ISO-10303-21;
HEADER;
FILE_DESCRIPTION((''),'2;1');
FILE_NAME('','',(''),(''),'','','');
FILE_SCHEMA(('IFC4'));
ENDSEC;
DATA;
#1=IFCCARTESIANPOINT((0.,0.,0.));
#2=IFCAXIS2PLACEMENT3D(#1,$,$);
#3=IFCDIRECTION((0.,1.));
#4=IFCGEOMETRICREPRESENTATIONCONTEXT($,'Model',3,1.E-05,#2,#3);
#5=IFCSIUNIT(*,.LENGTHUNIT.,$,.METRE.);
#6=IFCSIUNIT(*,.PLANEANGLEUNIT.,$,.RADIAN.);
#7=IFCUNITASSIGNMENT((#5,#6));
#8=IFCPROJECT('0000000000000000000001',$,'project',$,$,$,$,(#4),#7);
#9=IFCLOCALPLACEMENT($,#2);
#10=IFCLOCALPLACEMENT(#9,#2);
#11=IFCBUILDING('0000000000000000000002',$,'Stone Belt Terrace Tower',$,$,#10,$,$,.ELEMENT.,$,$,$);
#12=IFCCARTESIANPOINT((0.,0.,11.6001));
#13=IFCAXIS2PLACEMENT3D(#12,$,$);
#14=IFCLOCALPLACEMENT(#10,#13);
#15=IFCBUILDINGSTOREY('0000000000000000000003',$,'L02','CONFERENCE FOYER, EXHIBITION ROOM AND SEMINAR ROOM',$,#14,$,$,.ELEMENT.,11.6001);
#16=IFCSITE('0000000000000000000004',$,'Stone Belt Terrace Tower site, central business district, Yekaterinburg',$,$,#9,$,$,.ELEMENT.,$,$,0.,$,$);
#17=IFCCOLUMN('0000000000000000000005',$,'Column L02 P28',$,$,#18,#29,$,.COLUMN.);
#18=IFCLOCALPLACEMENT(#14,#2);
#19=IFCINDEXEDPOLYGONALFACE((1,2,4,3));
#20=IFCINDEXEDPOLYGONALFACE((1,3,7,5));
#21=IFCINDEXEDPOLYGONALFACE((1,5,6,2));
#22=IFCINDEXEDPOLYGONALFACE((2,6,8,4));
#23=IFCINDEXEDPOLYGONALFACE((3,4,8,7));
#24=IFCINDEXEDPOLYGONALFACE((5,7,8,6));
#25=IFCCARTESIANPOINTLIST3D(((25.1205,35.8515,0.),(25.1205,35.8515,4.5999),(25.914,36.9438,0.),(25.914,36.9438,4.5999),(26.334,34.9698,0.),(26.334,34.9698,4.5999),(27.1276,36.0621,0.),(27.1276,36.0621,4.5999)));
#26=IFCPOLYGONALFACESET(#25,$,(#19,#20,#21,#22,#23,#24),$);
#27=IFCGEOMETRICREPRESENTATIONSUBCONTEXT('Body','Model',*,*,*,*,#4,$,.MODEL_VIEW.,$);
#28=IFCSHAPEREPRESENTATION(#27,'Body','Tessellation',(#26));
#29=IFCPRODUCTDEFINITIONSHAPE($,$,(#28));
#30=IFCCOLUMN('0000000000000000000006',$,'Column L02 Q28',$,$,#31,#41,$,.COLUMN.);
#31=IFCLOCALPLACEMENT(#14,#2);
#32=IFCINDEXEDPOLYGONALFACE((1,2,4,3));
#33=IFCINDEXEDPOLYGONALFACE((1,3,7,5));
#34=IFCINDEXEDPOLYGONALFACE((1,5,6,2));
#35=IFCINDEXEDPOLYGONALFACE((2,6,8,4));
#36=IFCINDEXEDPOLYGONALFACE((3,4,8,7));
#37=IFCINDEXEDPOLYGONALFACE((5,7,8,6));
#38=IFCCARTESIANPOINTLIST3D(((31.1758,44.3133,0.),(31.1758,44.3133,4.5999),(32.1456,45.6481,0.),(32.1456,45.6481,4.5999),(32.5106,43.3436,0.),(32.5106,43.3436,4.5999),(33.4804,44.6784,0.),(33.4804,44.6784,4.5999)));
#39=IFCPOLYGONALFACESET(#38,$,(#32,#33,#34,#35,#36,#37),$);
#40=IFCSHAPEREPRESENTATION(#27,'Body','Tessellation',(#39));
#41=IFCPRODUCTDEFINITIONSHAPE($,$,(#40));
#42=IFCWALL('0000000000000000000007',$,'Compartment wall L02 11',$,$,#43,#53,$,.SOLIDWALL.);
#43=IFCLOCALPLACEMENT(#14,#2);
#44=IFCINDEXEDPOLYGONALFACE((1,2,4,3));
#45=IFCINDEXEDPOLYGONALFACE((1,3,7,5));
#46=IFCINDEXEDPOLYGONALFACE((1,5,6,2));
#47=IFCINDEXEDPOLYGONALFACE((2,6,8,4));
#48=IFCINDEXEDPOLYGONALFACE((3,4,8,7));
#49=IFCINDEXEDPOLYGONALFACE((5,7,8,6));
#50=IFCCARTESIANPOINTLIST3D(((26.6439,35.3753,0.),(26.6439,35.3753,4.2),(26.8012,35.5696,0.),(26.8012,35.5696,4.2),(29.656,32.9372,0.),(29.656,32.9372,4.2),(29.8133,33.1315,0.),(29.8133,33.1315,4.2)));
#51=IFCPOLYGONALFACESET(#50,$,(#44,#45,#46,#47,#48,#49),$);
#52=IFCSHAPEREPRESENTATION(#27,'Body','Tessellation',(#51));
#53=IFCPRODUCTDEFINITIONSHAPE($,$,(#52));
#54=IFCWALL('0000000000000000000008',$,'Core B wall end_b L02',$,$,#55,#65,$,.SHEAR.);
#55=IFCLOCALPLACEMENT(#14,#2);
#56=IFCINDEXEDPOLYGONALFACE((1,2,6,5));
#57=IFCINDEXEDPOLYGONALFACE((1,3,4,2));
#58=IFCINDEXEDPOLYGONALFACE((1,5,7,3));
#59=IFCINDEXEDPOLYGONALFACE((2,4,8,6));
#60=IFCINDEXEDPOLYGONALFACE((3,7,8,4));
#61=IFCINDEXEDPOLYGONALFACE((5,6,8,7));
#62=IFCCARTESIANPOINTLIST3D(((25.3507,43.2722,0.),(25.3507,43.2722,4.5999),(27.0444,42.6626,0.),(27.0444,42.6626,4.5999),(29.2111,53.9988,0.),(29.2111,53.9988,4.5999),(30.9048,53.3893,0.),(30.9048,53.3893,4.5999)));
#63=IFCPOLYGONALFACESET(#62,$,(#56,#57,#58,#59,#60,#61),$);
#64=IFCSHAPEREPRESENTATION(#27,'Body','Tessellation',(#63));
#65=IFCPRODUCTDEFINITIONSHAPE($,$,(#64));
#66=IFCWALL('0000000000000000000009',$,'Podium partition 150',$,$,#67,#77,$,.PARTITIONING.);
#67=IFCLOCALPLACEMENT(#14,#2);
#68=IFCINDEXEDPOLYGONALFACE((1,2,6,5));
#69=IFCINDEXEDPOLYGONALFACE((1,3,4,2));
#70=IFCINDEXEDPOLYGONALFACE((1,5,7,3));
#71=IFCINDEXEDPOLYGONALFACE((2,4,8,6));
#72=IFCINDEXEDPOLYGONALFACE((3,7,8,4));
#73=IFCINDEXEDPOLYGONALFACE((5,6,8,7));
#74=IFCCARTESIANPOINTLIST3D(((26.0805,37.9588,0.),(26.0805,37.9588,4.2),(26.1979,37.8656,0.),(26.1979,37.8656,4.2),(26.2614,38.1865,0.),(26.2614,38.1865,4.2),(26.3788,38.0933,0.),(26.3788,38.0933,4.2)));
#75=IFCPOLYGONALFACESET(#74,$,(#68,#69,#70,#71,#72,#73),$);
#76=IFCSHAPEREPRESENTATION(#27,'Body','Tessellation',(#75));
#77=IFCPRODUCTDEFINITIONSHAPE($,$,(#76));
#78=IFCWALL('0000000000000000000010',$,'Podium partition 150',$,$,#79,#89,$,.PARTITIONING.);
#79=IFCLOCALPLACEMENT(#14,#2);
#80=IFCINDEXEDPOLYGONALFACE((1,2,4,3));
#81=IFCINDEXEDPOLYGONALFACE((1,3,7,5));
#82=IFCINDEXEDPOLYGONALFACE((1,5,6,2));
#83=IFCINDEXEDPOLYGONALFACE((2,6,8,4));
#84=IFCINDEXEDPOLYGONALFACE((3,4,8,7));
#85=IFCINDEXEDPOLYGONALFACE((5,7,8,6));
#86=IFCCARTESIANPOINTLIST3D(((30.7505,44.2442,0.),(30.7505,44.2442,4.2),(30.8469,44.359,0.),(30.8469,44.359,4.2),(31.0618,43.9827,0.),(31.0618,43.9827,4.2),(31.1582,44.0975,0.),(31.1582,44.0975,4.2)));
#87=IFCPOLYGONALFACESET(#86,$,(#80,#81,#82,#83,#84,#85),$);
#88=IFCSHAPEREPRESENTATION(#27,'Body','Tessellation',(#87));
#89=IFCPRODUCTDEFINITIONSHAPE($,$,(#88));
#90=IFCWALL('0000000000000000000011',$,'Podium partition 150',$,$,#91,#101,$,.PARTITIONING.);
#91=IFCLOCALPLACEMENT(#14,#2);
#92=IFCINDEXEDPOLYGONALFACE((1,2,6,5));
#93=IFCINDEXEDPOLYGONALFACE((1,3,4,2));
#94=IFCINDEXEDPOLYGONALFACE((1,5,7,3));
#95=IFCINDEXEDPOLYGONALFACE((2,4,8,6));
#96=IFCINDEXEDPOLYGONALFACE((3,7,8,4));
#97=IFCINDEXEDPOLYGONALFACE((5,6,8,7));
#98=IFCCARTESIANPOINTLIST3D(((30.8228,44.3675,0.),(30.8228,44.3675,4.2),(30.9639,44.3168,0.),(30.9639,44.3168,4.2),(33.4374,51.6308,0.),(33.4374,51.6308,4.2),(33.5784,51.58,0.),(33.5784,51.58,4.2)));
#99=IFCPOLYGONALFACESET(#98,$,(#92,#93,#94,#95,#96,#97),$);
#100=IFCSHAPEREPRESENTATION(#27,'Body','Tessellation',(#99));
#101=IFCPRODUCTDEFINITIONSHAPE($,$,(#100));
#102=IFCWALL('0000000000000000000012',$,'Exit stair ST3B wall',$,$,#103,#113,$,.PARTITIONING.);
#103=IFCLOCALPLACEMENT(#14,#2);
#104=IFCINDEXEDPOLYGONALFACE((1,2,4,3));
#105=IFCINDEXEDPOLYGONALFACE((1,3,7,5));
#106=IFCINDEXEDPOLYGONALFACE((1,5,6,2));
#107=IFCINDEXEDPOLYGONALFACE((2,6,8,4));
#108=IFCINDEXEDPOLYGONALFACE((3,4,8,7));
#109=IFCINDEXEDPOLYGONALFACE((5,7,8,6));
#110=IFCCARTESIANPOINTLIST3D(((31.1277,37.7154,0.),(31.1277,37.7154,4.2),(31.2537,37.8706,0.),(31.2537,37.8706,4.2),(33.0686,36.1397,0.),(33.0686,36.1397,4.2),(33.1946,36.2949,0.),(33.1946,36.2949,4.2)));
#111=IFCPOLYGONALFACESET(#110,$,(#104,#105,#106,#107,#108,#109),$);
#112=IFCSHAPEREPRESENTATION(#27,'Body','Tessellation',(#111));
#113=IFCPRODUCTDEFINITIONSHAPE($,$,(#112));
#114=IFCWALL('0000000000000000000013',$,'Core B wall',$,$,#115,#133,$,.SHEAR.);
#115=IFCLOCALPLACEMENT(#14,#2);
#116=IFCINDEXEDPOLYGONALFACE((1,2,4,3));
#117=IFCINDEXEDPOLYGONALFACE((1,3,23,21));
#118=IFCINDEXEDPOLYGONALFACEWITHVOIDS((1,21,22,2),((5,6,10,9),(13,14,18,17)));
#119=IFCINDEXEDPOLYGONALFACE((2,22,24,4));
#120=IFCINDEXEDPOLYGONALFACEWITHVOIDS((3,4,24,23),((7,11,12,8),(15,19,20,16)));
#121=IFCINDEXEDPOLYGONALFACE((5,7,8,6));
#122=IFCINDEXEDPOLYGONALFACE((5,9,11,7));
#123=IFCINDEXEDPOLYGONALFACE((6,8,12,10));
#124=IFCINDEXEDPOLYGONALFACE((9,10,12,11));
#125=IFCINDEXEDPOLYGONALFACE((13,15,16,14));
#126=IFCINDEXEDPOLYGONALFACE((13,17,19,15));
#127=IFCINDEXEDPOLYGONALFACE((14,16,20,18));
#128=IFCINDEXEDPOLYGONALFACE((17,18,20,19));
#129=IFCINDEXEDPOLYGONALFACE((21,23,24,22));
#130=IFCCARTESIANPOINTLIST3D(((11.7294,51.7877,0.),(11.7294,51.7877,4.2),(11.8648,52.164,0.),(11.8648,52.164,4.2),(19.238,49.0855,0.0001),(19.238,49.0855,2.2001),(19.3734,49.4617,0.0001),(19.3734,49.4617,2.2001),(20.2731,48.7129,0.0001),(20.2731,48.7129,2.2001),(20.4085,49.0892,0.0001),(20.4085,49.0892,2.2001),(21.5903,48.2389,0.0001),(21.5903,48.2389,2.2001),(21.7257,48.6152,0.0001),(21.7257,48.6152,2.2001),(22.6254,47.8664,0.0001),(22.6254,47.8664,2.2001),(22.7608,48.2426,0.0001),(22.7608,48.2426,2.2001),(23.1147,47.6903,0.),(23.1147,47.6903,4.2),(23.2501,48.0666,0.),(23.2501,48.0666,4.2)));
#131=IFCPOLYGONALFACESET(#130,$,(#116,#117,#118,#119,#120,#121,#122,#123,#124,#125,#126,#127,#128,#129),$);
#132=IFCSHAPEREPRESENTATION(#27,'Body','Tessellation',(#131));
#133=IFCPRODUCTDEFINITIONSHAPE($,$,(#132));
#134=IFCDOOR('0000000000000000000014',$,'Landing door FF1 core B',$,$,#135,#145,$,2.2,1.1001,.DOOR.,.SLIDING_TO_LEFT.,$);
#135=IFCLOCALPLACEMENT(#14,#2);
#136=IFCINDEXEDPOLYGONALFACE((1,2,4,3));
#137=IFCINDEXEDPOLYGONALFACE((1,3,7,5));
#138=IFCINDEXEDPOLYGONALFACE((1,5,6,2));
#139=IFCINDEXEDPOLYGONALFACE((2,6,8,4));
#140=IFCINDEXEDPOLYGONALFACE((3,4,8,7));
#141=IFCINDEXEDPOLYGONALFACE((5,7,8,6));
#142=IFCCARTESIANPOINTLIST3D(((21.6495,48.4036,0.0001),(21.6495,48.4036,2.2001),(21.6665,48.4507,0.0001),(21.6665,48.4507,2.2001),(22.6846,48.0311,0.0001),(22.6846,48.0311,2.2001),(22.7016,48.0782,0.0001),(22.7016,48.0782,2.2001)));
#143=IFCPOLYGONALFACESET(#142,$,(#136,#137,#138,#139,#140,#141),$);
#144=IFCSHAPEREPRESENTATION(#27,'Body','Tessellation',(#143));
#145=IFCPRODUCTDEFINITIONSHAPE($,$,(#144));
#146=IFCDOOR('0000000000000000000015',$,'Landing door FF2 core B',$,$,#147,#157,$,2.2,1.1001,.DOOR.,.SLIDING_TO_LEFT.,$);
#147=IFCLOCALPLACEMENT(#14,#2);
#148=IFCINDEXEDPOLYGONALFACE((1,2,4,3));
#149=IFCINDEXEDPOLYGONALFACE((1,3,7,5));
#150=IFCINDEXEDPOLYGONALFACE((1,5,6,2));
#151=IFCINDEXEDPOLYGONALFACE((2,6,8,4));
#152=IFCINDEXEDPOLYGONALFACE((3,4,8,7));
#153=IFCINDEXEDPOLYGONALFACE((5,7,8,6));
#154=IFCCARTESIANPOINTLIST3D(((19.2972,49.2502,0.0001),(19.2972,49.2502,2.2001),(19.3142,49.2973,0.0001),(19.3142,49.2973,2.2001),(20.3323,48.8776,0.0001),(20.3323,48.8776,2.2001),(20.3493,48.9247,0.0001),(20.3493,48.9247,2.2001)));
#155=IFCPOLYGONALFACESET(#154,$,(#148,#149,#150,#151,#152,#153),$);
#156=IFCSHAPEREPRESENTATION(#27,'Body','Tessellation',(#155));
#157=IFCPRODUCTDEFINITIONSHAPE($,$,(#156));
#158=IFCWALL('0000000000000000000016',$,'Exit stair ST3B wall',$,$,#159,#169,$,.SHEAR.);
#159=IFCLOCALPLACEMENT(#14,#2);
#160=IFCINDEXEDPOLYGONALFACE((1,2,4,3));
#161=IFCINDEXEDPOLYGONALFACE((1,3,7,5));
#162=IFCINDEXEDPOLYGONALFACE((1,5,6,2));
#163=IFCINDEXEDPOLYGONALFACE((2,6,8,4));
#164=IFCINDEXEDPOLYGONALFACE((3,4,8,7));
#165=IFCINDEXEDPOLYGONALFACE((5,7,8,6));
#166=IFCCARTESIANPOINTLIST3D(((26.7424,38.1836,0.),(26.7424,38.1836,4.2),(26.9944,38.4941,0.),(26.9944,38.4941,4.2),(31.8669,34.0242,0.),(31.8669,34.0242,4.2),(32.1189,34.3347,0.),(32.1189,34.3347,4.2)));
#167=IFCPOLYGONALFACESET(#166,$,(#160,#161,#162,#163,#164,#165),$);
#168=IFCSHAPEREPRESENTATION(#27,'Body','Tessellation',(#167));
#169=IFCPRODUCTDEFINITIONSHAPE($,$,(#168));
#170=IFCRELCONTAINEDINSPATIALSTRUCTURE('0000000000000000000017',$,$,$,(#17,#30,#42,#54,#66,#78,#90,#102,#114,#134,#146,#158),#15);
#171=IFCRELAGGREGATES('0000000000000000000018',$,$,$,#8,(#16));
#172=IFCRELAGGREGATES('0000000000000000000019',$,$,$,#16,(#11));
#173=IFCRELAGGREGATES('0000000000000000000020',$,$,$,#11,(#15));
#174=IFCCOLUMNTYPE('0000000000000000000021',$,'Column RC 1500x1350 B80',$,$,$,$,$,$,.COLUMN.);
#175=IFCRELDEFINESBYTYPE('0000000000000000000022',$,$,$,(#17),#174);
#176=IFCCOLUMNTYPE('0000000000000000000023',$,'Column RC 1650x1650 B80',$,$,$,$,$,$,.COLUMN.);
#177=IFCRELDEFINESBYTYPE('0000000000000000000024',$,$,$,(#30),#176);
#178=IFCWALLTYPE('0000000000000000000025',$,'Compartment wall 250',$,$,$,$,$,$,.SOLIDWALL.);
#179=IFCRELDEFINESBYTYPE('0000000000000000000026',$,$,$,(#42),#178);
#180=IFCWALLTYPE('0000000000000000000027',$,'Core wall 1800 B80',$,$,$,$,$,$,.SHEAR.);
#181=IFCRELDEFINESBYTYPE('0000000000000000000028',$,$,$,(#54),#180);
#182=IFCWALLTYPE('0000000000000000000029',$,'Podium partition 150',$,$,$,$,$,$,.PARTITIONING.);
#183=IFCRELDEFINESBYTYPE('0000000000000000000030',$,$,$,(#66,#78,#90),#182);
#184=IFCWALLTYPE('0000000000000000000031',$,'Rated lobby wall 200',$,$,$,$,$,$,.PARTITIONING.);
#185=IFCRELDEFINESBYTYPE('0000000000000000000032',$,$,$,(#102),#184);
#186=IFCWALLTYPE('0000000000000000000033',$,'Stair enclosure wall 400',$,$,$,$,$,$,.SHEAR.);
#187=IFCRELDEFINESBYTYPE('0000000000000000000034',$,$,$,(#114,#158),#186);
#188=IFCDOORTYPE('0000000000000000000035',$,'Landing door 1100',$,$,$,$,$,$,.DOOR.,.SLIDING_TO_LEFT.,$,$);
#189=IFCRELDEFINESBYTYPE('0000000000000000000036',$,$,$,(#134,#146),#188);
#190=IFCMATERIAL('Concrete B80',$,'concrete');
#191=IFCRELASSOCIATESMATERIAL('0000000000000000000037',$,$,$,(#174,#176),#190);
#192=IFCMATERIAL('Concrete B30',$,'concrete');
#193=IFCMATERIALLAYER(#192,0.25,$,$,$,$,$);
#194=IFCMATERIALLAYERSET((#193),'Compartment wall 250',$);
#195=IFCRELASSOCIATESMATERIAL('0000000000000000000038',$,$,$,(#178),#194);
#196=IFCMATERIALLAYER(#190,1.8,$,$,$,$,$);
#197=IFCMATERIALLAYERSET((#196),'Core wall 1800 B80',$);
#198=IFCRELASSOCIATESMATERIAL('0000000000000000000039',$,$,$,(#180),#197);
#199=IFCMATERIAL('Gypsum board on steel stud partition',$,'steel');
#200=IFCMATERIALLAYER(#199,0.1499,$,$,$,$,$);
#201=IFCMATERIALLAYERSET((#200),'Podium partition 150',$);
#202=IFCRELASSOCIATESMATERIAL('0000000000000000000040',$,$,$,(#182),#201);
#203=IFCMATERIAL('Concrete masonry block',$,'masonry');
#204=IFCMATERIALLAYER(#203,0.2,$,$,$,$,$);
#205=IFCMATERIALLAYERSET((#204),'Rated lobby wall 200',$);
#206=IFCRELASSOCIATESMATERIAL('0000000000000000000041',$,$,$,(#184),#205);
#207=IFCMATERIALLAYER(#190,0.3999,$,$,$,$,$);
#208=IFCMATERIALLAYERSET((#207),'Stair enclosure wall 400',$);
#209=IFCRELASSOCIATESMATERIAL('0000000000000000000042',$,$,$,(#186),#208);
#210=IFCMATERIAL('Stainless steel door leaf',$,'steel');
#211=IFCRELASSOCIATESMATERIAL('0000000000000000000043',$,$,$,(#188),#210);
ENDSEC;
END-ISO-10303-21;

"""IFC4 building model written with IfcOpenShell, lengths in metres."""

from ifc_helpers import new_model, si_unit, direction, frame, frame_2d, origin, origin_2d, place, context, subcontext, project, spatial, rectangle, extrude, material, layer, layer_set, material_profile, profile_set, type_object, element, fill, save


model = new_model("IFC4")

# Units and contexts
model_context = context("Model", 3, precision=1e-05, world=origin(), true_north=direction((0.0, 1.0)))
body_context = subcontext(model_context, "Body", "Model", "MODEL_VIEW")
ifc_project = project(units=[si_unit("LENGTHUNIT", "METRE"), si_unit("PLANEANGLEUNIT", "RADIAN")], contexts=[model_context])

# Site, building, storey
site_placement = place(None, origin())
site = spatial("IfcSite", under=ifc_project, at=site_placement, Name="Stone Belt Terrace Tower site, central business district, Yekaterinburg", CompositionType="ELEMENT", RefElevation=0.0)
building_placement = place(site_placement, origin())
building = spatial("IfcBuilding", under=site, at=building_placement, Name="Stone Belt Terrace Tower", CompositionType="ELEMENT")
storey_placement = place(building_placement, frame((0.0, 0.0, 11.6001)))
storey = spatial("IfcBuildingStorey", under=building, at=storey_placement, Name="L02", Description="CONFERENCE FOYER, EXHIBITION ROOM AND SEMINAR ROOM", CompositionType="ELEMENT", Elevation=11.6001)

# Columns
ifc_material_1 = material(Name="Concrete B80", Category="concrete")
ifc_material_profile_1 = material_profile(ifc_material_1, rectangle(XDim=1.5, YDim=1.3501, at=origin_2d()), Name="RC 1500x1350")
ifc_profile_set_1 = profile_set([ifc_material_profile_1], Name="Concrete B80")
column_type_1 = type_object("IfcColumnType", Name="Column RC 1500x1350 B80", PredefinedType="COLUMN", material=ifc_profile_set_1)
column_1_placement = place(storey_placement, frame((26.124, 35.9568, 0.0), z_axis=(0.0, 0.0, 1.0), x_axis=(0.809017, -0.587785, 0.0)))
element("IfcColumn", 1, at=column_1_placement, inside=storey, type_object=column_type_1, Name="Column L02 P28", PredefinedType="COLUMN", context=body_context, shape_type="SweptSolid", body=[
    extrude(rectangle(XDim=1.5, YDim=1.3501, at=origin_2d()), origin(), (0.0, 0.0, 1.0), 4.5999),
])
ifc_material_profile_2 = material_profile(ifc_material_1, rectangle(XDim=1.6499, YDim=1.6499, at=origin_2d()), Name="RC 1650x1650")
ifc_profile_set_2 = profile_set([ifc_material_profile_2], Name="Concrete B80")
column_type_2 = type_object("IfcColumnType", Name="Column RC 1650x1650 B80", PredefinedType="COLUMN", material=ifc_profile_set_2)
column_2_placement = place(storey_placement, frame((32.3281, 44.4958, 0.0), z_axis=(0.0, 0.0, 1.0), x_axis=(0.809017, -0.587785, 0.0)))
element("IfcColumn", 2, at=column_2_placement, inside=storey, type_object=column_type_2, Name="Column L02 Q28", PredefinedType="COLUMN", context=body_context, shape_type="SweptSolid", body=[
    extrude(rectangle(XDim=1.6499, YDim=1.6499, at=origin_2d()), origin(), (0.0, 0.0, 1.0), 4.5999),
])

# Walls
ifc_material_2 = material(Name="Concrete B30", Category="concrete")
ifc_layer_1 = layer(ifc_material_2, 0.25)
ifc_layer_set_1 = layer_set([ifc_layer_1], Name="Compartment wall 250")
wall_type_1 = type_object("IfcWallType", Name="Compartment wall 250", PredefinedType="SOLIDWALL", material=ifc_layer_set_1)
wall_1_placement = place(storey_placement, frame((26.7227, 35.4724, 0.0), z_axis=(0.0, 0.0, 1.0), x_axis=(0.777273, -0.629164, 0.0)))
element("IfcWall", 3, at=wall_1_placement, inside=storey, type_object=wall_type_1, Name="Compartment wall L02 11", PredefinedType="SOLIDWALL", context=body_context, shape_type="SweptSolid", body=[
    extrude(rectangle(XDim=3.8752, YDim=0.25, at=frame_2d((1.9375, 0.0))), origin(), (0.0, 0.0, 1.0), 4.2),
])
ifc_layer_2 = layer(ifc_material_1, 1.8)
ifc_layer_set_2 = layer_set([ifc_layer_2], Name="Core wall 1800 B80")
wall_type_2 = type_object("IfcWallType", Name="Core wall 1800 B80", PredefinedType="SHEAR", material=ifc_layer_set_2)
wall_2_placement = place(storey_placement, frame((26.1975, 42.9673, 0.0), z_axis=(0.0, 0.0, 1.0), x_axis=(0.338625, 0.940921, 0.0)))
element("IfcWall", 4, at=wall_2_placement, inside=storey, type_object=wall_type_2, Name="Core B wall end_b L02", PredefinedType="SHEAR", context=body_context, shape_type="SweptSolid", body=[
    extrude(rectangle(XDim=11.4001, YDim=1.8, at=frame_2d((5.7002, 0.0))), origin(), (0.0, 0.0, 1.0), 4.5999),
])
ifc_material_3 = material(Name="Gypsum board on steel stud partition", Category="steel")
ifc_layer_3 = layer(ifc_material_3, 0.1499)
ifc_layer_set_3 = layer_set([ifc_layer_3], Name="Podium partition 150")
wall_type_3 = type_object("IfcWallType", Name="Podium partition 150", PredefinedType="PARTITIONING", material=ifc_layer_set_3)
wall_3_placement = place(storey_placement, frame((26.1392, 37.9121, 0.0), z_axis=(0.0, 0.0, 1.0), x_axis=(0.621928, 0.783075, 0.0)))
element("IfcWall", 5, at=wall_3_placement, inside=storey, type_object=wall_type_3, Name="Podium partition 150", PredefinedType="PARTITIONING", context=body_context, shape_type="SweptSolid", body=[
    extrude(rectangle(XDim=0.2908, YDim=0.1499, at=frame_2d((0.1455, 0.0))), origin(), (0.0, 0.0, 1.0), 4.2),
])
wall_4_placement = place(storey_placement, frame((30.7988, 44.3015, 0.0), z_axis=(0.0, 0.0, 1.0), x_axis=(0.765705, -0.643192, 0.0)))
element("IfcWall", 6, at=wall_4_placement, inside=storey, type_object=wall_type_3, Name="Podium partition 150", PredefinedType="PARTITIONING", context=body_context, shape_type="SweptSolid", body=[
    extrude(rectangle(XDim=0.4065, YDim=0.1499, at=frame_2d((0.2031, 0.0))), origin(), (0.0, 0.0, 1.0), 4.2),
])
wall_5_placement = place(storey_placement, frame((30.8933, 44.342, 0.0), z_axis=(0.0, 0.0, 1.0), x_axis=(0.338691, 0.940897, 0.0)))
element("IfcWall", 7, at=wall_5_placement, inside=storey, type_object=wall_type_3, Name="Podium partition 150", PredefinedType="PARTITIONING", context=body_context, shape_type="SweptSolid", body=[
    extrude(rectangle(XDim=7.7195, YDim=0.1499, at=frame_2d((3.8599, 0.0))), origin(), (0.0, 0.0, 1.0), 4.2),
])
ifc_material_4 = material(Name="Concrete masonry block", Category="masonry")
ifc_layer_4 = layer(ifc_material_4, 0.2)
ifc_layer_set_4 = layer_set([ifc_layer_4], Name="Rated lobby wall 200")
wall_type_4 = type_object("IfcWallType", Name="Rated lobby wall 200", PredefinedType="PARTITIONING", material=ifc_layer_set_4)
wall_6_placement = place(storey_placement, frame((31.1907, 37.793, 0.0), z_axis=(0.0, 0.0, 1.0), x_axis=(0.776371, -0.630276, 0.0)))
element("IfcWall", 8, at=wall_6_placement, inside=storey, type_object=wall_type_4, Name="Exit stair ST3B wall", PredefinedType="PARTITIONING", context=body_context, shape_type="SweptSolid", body=[
    extrude(rectangle(XDim=2.5, YDim=0.2, at=frame_2d((1.25, 0.0))), origin(), (0.0, 0.0, 1.0), 4.2),
])

# Wall, openings, doors
ifc_layer_5 = layer(ifc_material_1, 0.3999)
ifc_layer_set_5 = layer_set([ifc_layer_5], Name="Stair enclosure wall 400")
wall_type_5 = type_object("IfcWallType", Name="Stair enclosure wall 400", PredefinedType="SHEAR", material=ifc_layer_set_5)
wall_7_placement = place(storey_placement, frame((23.1824, 47.8784, 0.0), z_axis=(0.0, 0.0, 1.0), x_axis=(-0.940921, 0.338626, 0.0)))
wall_7 = element("IfcWall", 9, at=wall_7_placement, inside=storey, type_object=wall_type_5, Name="Core B wall", PredefinedType="SHEAR", context=body_context, shape_type="SweptSolid", body=[
    extrude(rectangle(XDim=12.1001, YDim=0.3999, at=frame_2d((6.05, 0.0))), origin(), (0.0, 0.0, 1.0), 4.2),
])
opening_1_placement = place(wall_7_placement, frame((0.52, 0.0, 0.0)))
opening_1 = element("IfcOpeningElement", 10, at=opening_1_placement, cuts=wall_7, PredefinedType="OPENING", context=body_context, shape_type="SweptSolid", body=[
    extrude(rectangle(XDim=1.1001, YDim=2.2, at=frame_2d((0.55, 1.1001))), frame((0.0, 0.21, 0.0), z_axis=(0.0, -1.0, 0.0), x_axis=(1.0, 0.0, 0.0)), (0.0, 0.0, 1.0), 0.4199),
])
opening_2_placement = place(wall_7_placement, frame((3.02, 0.0, 0.0)))
opening_2 = element("IfcOpeningElement", 11, at=opening_2_placement, cuts=wall_7, PredefinedType="OPENING", context=body_context, shape_type="SweptSolid", body=[
    extrude(rectangle(XDim=1.1001, YDim=2.2, at=frame_2d((0.55, 1.1001))), frame((0.0, 0.21, 0.0), z_axis=(0.0, -1.0, 0.0), x_axis=(1.0, 0.0, 0.0)), (0.0, 0.0, 1.0), 0.4199),
])
ifc_material_5 = material(Name="Stainless steel door leaf", Category="steel")
door_type_1 = type_object("IfcDoorType", Name="Landing door 1100", OperationType="SLIDING_TO_LEFT", PredefinedType="DOOR", material=ifc_material_5)
door_1_placement = place(opening_1_placement, origin())
door_1 = element("IfcDoor", 12, at=door_1_placement, inside=storey, type_object=door_type_1, Name="Landing door FF1 core B", OperationType="SLIDING_TO_LEFT", OverallHeight=2.2, OverallWidth=1.1001, PredefinedType="DOOR", context=body_context, shape_type="SweptSolid", body=[
    extrude(rectangle(XDim=1.1001, YDim=2.2, at=frame_2d((0.55, 1.1001))), frame((0.0, 0.0249, 0.0), z_axis=(0.0, -1.0, 0.0), x_axis=(1.0, 0.0, 0.0)), (0.0, 0.0, 1.0), 0.05),
])
fill(opening_1, door_1)
door_2_placement = place(opening_2_placement, origin())
door_2 = element("IfcDoor", 13, at=door_2_placement, inside=storey, type_object=door_type_1, Name="Landing door FF2 core B", OperationType="SLIDING_TO_LEFT", OverallHeight=2.2, OverallWidth=1.1001, PredefinedType="DOOR", context=body_context, shape_type="SweptSolid", body=[
    extrude(rectangle(XDim=1.1001, YDim=2.2, at=frame_2d((0.55, 1.1001))), frame((0.0, 0.0249, 0.0), z_axis=(0.0, -1.0, 0.0), x_axis=(1.0, 0.0, 0.0)), (0.0, 0.0, 1.0), 0.05),
])
fill(opening_2, door_2)

# Wall
wall_8_placement = place(storey_placement, frame((26.8684, 38.3389, 0.0), z_axis=(0.0, 0.0, 1.0), x_axis=(0.776428, -0.630205, 0.0)))
element("IfcWall", 14, at=wall_8_placement, inside=storey, type_object=wall_type_5, Name="Exit stair ST3B wall", PredefinedType="SHEAR", context=body_context, shape_type="SweptSolid", body=[
    extrude(rectangle(XDim=6.6001, YDim=0.3999, at=frame_2d((3.3, 0.0))), origin(), (0.0, 0.0, 1.0), 4.2),
])

save(model, "model.ifc")
